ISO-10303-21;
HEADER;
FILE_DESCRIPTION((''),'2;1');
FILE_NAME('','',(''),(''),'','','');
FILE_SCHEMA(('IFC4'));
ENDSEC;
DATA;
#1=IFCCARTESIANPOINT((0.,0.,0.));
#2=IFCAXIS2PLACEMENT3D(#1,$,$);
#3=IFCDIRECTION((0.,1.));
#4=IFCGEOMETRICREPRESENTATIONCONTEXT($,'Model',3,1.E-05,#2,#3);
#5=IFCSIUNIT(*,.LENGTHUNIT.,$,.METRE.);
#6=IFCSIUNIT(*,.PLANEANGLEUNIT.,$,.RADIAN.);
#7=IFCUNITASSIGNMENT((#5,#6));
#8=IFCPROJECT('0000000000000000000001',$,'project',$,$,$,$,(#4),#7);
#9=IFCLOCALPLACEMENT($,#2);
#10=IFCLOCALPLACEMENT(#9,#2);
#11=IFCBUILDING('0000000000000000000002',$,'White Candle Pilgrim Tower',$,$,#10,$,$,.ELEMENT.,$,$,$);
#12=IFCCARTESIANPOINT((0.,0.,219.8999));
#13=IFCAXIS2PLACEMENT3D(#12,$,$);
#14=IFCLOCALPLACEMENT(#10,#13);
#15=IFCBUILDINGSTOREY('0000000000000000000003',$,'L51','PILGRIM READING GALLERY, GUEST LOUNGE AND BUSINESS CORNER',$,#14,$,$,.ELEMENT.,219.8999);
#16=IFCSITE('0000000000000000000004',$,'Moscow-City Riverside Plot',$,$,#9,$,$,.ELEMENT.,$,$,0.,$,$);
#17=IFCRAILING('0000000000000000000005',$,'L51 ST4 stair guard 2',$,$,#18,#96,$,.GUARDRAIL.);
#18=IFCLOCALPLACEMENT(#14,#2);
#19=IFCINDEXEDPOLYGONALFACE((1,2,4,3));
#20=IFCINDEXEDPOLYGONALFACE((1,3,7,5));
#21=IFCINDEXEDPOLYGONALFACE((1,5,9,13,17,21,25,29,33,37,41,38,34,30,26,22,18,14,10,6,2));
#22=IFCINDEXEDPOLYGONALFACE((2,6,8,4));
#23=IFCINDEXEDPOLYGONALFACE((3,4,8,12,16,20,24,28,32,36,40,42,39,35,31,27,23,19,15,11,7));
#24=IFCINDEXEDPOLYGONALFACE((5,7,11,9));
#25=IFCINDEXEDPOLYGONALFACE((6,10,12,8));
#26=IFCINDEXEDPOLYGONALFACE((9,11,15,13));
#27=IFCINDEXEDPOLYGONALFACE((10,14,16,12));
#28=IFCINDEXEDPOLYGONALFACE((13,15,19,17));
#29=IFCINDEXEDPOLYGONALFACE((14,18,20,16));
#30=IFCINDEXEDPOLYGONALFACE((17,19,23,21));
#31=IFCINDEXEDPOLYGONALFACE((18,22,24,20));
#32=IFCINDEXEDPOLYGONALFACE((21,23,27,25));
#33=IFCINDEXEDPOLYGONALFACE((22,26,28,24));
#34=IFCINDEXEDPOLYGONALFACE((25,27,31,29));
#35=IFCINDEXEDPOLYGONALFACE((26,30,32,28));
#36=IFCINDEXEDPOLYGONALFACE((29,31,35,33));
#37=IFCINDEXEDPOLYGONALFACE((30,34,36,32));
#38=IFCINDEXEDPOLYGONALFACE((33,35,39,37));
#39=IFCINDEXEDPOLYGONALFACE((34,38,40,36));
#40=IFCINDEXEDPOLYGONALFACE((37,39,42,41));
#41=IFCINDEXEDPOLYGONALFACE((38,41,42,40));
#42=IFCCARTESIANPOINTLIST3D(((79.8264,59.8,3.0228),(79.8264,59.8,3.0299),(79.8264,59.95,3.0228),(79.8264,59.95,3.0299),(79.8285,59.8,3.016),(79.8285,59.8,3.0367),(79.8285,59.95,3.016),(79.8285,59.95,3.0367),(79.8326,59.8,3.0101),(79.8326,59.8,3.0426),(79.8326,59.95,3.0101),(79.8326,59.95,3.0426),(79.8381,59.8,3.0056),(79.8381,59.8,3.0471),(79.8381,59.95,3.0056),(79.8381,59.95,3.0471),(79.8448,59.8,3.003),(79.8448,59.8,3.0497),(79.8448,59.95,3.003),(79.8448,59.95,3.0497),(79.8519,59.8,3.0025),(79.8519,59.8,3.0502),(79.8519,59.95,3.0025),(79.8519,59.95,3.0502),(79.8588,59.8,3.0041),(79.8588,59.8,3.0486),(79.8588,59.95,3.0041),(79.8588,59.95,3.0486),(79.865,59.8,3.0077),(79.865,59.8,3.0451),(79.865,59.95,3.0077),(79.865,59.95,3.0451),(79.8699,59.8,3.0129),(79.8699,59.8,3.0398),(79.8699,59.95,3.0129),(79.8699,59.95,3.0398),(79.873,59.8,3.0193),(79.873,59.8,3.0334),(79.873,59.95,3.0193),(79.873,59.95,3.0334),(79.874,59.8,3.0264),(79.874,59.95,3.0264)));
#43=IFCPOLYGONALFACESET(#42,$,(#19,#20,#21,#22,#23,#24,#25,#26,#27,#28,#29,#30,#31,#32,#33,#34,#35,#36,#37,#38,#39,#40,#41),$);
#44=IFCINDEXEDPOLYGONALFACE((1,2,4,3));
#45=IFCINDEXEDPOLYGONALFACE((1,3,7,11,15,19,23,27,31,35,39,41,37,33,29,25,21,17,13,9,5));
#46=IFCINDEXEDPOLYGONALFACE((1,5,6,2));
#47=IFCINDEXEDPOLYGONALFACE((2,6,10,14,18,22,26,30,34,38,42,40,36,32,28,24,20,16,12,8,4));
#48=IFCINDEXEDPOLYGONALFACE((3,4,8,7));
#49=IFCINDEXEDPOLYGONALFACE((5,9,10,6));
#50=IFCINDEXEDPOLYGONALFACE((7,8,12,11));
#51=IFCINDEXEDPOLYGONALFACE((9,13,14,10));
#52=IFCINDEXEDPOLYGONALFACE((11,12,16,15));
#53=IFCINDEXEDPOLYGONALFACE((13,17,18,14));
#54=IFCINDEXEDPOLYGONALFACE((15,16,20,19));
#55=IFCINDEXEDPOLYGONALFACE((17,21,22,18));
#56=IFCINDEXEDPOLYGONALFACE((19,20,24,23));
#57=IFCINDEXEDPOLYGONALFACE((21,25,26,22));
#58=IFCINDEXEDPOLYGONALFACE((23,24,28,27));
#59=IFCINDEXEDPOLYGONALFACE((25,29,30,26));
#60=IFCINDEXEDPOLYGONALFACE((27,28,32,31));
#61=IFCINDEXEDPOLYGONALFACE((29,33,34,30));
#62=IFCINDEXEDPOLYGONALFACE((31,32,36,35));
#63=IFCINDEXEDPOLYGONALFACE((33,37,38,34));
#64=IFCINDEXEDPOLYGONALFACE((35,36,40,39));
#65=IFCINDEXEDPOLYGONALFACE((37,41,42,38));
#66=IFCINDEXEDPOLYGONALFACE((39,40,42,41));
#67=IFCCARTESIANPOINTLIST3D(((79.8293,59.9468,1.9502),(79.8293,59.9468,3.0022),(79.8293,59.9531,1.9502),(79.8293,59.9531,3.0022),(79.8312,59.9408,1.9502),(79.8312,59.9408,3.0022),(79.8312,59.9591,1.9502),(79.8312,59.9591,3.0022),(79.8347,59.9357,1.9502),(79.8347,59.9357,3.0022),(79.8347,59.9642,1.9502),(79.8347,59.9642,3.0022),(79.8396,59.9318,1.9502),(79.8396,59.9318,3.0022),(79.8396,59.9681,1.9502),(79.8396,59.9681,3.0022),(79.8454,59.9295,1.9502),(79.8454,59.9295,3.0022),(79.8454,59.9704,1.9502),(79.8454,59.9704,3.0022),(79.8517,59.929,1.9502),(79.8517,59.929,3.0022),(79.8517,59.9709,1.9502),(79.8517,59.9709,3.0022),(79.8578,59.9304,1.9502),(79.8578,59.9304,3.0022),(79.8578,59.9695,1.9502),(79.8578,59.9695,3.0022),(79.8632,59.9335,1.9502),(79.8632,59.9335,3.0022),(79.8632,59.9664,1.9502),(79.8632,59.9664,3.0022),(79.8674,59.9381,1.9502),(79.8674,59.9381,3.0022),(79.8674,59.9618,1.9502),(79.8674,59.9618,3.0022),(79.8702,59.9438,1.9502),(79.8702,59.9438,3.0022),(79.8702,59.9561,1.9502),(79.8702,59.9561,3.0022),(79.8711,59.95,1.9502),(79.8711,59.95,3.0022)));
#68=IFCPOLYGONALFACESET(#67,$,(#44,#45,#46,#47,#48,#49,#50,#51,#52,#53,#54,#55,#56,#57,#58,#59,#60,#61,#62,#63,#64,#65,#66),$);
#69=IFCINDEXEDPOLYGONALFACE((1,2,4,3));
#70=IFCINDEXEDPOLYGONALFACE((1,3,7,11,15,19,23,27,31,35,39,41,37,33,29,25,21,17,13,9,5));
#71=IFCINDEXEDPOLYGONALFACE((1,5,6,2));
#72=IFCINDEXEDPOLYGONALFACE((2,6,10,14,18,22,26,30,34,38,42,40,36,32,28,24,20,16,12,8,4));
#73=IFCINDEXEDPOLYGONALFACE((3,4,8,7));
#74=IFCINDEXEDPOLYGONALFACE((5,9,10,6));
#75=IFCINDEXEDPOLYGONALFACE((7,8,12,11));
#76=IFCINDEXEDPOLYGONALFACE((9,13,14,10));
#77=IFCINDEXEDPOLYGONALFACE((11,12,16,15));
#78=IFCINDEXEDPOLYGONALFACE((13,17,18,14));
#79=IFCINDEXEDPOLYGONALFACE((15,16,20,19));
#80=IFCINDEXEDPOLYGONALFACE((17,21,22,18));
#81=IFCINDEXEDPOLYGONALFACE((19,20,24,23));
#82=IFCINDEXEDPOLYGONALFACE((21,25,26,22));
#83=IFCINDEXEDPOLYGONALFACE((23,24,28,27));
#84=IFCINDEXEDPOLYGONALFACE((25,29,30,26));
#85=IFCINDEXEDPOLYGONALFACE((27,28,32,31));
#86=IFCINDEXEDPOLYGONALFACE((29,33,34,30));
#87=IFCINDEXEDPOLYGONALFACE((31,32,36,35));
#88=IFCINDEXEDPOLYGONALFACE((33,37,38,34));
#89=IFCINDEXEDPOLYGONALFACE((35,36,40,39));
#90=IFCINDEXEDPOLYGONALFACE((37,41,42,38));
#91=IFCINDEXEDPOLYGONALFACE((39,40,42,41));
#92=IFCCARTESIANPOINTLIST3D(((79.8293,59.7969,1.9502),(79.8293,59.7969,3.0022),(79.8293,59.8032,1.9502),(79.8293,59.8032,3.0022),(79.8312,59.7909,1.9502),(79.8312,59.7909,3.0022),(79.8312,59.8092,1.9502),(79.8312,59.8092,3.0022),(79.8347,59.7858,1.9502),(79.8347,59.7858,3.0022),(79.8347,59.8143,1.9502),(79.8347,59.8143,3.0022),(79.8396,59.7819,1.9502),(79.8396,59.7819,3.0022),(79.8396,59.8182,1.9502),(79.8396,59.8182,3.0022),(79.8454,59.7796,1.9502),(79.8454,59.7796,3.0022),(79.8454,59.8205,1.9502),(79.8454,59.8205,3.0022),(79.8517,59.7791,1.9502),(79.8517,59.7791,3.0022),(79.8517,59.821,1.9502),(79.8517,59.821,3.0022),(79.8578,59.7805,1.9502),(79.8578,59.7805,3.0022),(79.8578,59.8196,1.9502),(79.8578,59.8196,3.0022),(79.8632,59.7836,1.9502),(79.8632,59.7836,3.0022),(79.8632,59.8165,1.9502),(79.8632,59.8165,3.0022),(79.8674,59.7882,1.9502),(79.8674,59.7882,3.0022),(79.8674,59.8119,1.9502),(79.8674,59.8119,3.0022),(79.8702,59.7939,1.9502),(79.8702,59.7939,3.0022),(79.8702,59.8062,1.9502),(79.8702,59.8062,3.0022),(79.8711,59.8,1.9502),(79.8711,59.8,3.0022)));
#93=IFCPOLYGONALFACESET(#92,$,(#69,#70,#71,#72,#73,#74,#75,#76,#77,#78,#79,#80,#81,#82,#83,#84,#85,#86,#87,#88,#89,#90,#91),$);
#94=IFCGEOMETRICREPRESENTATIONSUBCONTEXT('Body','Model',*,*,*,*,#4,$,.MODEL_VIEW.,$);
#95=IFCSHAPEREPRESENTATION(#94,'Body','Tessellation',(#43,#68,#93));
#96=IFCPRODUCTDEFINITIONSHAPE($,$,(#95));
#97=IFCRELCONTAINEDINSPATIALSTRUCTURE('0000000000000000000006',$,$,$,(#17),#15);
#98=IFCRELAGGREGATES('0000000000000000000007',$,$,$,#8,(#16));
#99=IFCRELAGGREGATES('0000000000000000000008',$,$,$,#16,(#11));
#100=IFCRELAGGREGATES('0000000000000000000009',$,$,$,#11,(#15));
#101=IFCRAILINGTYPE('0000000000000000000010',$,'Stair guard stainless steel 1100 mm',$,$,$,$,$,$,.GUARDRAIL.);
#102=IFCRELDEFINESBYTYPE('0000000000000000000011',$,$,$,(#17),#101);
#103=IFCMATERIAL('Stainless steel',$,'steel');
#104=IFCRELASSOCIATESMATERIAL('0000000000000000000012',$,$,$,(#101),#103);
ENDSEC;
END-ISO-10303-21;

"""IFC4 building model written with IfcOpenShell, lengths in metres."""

from ifc_helpers import new_model, si_unit, direction, frame, origin, origin_2d, place, context, subcontext, project, spatial, circle, extrude, material, type_object, element, save


model = new_model("IFC4")

# Units and contexts
model_context = context("Model", 3, precision=1e-05, world=origin(), true_north=direction((0.0, 1.0)))
body_context = subcontext(model_context, "Body", "Model", "MODEL_VIEW")
ifc_project = project(units=[si_unit("LENGTHUNIT", "METRE"), si_unit("PLANEANGLEUNIT", "RADIAN")], contexts=[model_context])

# Site, building, storey
site_placement = place(None, origin())
site = spatial("IfcSite", under=ifc_project, at=site_placement, Name="Moscow-City Riverside Plot", CompositionType="ELEMENT", RefElevation=0.0)
building_placement = place(site_placement, origin())
building = spatial("IfcBuilding", under=site, at=building_placement, Name="White Candle Pilgrim Tower", CompositionType="ELEMENT")
storey_placement = place(building_placement, frame((0.0, 0.0, 219.8999)))
storey = spatial("IfcBuildingStorey", under=building, at=storey_placement, Name="L51", Description="PILGRIM READING GALLERY, GUEST LOUNGE AND BUSINESS CORNER", CompositionType="ELEMENT", Elevation=219.8999)

# Railing
ifc_material_1 = material(Name="Stainless steel", Category="steel")
railing_type_1 = type_object("IfcRailingType", Name="Stair guard stainless steel 1100 mm", PredefinedType="GUARDRAIL", material=ifc_material_1)
railing_1_placement = place(storey_placement, frame((79.8501, 59.95, 1.9502)))
element("IfcRailing", 1, at=railing_1_placement, inside=storey, type_object=railing_type_1, Name="L51 ST4 stair guard 2", PredefinedType="GUARDRAIL", context=body_context, shape_type="SweptSolid", body=[
    extrude(circle(Radius=0.0239, at=origin_2d()), frame((0.0, 0.0, 1.0762), z_axis=(0.0, -1.0, 0.0), x_axis=(1.0, 0.0, 0.0)), (0.0, 0.0, 1.0), 0.1499),
    extrude(circle(Radius=0.021, at=origin_2d()), origin(), (0.0, 0.0, 1.0), 1.052),
    extrude(circle(Radius=0.021, at=origin_2d()), frame((0.0, -0.1499, 0.0)), (0.0, 0.0, 1.0), 1.052),
])

save(model, "model.ifc")
